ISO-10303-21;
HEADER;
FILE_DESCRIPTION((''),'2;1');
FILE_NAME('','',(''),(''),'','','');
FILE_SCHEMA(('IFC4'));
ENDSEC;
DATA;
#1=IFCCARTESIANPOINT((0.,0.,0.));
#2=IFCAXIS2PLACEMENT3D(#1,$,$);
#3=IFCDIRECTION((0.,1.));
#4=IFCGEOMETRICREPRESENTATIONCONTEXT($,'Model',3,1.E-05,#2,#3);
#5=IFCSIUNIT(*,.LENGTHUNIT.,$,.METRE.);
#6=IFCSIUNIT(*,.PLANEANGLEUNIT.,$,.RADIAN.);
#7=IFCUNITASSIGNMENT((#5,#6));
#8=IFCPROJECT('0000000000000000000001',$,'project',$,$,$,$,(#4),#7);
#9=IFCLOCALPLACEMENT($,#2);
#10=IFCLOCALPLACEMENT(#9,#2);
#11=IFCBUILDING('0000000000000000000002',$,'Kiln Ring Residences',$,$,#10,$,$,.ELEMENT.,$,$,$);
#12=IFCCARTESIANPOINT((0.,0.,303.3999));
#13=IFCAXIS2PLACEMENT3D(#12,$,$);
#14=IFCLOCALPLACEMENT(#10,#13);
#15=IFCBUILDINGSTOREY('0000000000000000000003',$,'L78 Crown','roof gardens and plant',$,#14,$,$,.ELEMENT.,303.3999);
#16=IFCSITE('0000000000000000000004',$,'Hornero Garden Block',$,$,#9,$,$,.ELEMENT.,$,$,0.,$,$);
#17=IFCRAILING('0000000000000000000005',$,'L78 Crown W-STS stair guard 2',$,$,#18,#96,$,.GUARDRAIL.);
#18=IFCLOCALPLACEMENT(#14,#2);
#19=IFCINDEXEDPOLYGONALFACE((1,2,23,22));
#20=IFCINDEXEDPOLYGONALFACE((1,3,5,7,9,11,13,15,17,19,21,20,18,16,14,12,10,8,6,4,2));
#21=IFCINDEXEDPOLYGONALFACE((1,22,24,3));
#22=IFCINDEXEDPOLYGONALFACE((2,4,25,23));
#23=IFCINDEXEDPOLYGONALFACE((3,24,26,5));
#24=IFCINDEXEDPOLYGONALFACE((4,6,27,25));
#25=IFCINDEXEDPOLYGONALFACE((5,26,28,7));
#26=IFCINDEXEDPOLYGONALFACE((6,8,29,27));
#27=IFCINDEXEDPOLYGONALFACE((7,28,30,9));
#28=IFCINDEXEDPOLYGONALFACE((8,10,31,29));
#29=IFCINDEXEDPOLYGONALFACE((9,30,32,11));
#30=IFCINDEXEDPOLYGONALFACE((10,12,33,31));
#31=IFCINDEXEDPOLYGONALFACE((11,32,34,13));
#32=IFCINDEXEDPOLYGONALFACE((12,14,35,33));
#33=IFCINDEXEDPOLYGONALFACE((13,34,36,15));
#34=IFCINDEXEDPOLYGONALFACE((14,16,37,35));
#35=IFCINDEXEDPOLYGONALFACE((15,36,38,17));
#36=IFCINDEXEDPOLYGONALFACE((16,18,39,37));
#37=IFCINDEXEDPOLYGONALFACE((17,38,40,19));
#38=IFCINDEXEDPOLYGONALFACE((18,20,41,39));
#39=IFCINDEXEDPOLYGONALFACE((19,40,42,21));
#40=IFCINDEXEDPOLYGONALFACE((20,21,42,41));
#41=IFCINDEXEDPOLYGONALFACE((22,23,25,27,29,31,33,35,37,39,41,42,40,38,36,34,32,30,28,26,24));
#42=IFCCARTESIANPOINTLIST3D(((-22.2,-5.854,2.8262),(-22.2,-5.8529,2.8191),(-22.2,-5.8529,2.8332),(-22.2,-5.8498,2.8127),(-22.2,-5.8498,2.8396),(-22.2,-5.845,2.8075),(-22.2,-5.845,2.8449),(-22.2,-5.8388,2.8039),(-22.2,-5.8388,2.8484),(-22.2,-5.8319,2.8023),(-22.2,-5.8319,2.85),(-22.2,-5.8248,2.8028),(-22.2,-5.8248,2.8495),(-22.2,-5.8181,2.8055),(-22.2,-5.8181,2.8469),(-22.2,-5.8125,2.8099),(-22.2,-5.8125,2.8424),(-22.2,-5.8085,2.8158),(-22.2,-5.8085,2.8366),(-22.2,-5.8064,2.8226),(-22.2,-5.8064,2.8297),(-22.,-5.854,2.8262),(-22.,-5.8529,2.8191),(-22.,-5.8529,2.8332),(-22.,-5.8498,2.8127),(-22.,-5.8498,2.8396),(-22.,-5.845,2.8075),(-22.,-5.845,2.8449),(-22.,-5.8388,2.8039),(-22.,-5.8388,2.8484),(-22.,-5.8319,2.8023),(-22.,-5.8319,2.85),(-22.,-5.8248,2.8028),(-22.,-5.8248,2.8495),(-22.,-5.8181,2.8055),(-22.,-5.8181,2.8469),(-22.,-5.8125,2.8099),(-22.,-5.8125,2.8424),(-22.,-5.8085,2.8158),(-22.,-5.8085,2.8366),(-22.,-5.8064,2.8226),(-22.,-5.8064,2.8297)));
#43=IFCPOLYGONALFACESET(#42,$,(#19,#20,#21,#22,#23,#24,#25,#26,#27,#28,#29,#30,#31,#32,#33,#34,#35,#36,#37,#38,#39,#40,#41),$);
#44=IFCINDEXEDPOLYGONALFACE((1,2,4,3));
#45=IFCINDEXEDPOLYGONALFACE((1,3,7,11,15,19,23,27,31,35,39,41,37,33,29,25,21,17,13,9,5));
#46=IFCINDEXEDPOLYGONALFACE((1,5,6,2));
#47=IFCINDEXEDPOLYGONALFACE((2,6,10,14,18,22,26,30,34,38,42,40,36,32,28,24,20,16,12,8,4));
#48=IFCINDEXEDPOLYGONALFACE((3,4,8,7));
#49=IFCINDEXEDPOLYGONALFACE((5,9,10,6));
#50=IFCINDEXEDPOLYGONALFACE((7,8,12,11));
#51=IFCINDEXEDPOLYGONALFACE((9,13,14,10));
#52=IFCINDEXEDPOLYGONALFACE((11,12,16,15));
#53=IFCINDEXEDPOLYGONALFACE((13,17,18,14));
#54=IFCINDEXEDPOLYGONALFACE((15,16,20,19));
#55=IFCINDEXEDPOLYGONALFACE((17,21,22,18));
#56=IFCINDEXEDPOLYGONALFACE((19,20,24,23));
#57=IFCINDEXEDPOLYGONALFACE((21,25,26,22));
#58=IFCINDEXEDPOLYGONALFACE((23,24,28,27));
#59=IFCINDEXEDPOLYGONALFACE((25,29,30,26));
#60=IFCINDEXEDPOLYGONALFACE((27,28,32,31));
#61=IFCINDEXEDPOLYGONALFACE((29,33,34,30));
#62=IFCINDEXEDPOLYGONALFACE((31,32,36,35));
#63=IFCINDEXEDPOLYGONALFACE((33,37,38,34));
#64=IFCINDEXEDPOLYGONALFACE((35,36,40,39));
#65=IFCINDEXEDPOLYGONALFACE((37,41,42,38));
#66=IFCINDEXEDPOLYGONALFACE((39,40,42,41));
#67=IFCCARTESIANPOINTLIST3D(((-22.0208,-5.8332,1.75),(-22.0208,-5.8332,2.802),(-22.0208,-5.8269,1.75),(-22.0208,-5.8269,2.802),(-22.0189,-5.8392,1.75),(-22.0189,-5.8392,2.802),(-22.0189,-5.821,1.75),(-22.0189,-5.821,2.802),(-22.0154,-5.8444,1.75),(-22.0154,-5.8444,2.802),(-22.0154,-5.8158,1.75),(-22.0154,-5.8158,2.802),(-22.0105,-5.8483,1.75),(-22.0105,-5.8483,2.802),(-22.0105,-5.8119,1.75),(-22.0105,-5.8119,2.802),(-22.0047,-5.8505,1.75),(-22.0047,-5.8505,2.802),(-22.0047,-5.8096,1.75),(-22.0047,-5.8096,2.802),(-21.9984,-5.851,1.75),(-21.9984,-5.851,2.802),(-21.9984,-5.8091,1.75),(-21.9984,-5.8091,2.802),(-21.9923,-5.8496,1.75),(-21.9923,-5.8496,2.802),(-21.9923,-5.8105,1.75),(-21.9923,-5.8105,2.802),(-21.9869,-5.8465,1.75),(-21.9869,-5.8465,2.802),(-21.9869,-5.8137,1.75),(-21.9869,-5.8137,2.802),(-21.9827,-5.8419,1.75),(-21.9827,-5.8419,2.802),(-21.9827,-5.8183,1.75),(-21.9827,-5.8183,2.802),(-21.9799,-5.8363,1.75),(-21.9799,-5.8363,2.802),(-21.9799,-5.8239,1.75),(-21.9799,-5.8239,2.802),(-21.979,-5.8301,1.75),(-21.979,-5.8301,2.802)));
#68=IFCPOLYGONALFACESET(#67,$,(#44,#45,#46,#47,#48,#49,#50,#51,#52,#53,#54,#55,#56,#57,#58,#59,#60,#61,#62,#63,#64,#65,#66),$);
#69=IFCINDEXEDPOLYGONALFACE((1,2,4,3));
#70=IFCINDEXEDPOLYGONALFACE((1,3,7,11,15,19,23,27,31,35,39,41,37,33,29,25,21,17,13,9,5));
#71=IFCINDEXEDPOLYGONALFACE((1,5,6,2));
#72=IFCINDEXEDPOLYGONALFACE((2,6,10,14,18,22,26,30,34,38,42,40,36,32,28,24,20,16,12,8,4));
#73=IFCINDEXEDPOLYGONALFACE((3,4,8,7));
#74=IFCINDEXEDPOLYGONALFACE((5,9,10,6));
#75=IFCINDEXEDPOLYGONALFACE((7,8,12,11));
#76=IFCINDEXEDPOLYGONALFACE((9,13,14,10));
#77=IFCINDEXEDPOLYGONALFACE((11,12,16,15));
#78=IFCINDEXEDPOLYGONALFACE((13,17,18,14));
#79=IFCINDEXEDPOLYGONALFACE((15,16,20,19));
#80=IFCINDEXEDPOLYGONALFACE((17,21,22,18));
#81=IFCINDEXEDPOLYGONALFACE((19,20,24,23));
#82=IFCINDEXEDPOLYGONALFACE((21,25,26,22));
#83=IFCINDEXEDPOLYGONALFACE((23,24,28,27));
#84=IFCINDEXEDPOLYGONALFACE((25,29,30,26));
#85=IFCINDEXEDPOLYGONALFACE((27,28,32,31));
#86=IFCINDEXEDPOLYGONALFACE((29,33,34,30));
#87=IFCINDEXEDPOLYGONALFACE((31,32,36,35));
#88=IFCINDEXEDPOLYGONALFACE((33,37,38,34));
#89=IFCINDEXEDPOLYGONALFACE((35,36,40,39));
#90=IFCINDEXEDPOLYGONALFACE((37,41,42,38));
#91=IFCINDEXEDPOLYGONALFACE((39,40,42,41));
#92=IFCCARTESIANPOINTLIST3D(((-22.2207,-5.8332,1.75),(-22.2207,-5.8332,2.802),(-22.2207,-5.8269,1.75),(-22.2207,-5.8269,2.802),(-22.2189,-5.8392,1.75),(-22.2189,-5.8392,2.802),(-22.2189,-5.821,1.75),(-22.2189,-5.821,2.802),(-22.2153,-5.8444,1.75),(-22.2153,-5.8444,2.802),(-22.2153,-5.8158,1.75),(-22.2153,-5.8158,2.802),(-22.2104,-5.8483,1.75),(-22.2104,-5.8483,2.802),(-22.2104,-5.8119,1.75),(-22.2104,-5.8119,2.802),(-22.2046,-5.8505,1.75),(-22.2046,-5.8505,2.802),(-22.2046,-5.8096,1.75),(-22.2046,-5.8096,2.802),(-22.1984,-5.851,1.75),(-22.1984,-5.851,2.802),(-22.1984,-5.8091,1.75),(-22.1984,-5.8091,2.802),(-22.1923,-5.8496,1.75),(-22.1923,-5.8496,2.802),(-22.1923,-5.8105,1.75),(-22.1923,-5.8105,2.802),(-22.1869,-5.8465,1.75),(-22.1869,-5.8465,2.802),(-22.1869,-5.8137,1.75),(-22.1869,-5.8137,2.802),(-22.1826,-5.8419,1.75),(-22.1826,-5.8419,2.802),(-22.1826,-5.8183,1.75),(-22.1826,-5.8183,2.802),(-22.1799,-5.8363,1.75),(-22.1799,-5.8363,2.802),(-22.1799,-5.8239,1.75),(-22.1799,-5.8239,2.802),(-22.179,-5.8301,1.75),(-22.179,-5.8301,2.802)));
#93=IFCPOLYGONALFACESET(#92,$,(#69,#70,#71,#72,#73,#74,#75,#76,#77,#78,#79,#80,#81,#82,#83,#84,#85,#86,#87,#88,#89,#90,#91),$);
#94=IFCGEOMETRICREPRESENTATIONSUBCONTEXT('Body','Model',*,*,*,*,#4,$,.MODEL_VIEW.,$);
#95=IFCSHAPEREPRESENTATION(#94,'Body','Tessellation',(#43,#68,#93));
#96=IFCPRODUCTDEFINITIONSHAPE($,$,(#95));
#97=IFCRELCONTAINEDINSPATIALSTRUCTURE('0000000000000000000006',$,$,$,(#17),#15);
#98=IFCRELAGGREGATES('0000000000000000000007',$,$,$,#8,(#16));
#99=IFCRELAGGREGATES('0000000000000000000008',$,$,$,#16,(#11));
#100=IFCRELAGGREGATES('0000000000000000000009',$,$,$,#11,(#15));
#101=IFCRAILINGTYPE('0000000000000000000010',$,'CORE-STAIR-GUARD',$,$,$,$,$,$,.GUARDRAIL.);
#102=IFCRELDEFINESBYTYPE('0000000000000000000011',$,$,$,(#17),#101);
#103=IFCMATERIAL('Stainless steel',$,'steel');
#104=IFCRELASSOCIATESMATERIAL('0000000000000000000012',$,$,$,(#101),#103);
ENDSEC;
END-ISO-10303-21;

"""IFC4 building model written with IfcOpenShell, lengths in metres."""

from ifc_helpers import new_model, si_unit, direction, frame, origin, origin_2d, place, context, subcontext, project, spatial, circle, extrude, material, type_object, element, save


model = new_model("IFC4")

# Units and contexts
model_context = context("Model", 3, precision=1e-05, world=origin(), true_north=direction((0.0, 1.0)))
body_context = subcontext(model_context, "Body", "Model", "MODEL_VIEW")
ifc_project = project(units=[si_unit("LENGTHUNIT", "METRE"), si_unit("PLANEANGLEUNIT", "RADIAN")], contexts=[model_context])

# Site, building, storey
site_placement = place(None, origin())
site = spatial("IfcSite", under=ifc_project, at=site_placement, Name="Hornero Garden Block", CompositionType="ELEMENT", RefElevation=0.0)
building_placement = place(site_placement, origin())
building = spatial("IfcBuilding", under=site, at=building_placement, Name="Kiln Ring Residences", CompositionType="ELEMENT")
storey_placement = place(building_placement, frame((0.0, 0.0, 303.3999)))
storey = spatial("IfcBuildingStorey", under=building, at=storey_placement, Name="L78 Crown", Description="roof gardens and plant", CompositionType="ELEMENT", Elevation=303.3999)

# Railing
ifc_material_1 = material(Name="Stainless steel", Category="steel")
railing_type_1 = type_object("IfcRailingType", Name="CORE-STAIR-GUARD", PredefinedType="GUARDRAIL", material=ifc_material_1)
railing_1_placement = place(storey_placement, frame((-22.0, -5.8301, 1.75)))
element("IfcRailing", 1, at=railing_1_placement, inside=storey, type_object=railing_type_1, Name="L78 Crown W-STS stair guard 2", PredefinedType="GUARDRAIL", context=body_context, shape_type="SweptSolid", body=[
    extrude(circle(Radius=0.0239, at=origin_2d()), frame((0.0, 0.0, 1.0762), z_axis=(-1.0, 0.0, 0.0), x_axis=(0.0, -1.0, 0.0)), (0.0, 0.0, 1.0), 0.2),
    extrude(circle(Radius=0.021, at=origin_2d()), origin(), (0.0, 0.0, 1.0), 1.052),
    extrude(circle(Radius=0.021, at=origin_2d()), frame((-0.2, 0.0, 0.0)), (0.0, 0.0, 1.0), 1.052),
])

save(model, "model.ifc")
